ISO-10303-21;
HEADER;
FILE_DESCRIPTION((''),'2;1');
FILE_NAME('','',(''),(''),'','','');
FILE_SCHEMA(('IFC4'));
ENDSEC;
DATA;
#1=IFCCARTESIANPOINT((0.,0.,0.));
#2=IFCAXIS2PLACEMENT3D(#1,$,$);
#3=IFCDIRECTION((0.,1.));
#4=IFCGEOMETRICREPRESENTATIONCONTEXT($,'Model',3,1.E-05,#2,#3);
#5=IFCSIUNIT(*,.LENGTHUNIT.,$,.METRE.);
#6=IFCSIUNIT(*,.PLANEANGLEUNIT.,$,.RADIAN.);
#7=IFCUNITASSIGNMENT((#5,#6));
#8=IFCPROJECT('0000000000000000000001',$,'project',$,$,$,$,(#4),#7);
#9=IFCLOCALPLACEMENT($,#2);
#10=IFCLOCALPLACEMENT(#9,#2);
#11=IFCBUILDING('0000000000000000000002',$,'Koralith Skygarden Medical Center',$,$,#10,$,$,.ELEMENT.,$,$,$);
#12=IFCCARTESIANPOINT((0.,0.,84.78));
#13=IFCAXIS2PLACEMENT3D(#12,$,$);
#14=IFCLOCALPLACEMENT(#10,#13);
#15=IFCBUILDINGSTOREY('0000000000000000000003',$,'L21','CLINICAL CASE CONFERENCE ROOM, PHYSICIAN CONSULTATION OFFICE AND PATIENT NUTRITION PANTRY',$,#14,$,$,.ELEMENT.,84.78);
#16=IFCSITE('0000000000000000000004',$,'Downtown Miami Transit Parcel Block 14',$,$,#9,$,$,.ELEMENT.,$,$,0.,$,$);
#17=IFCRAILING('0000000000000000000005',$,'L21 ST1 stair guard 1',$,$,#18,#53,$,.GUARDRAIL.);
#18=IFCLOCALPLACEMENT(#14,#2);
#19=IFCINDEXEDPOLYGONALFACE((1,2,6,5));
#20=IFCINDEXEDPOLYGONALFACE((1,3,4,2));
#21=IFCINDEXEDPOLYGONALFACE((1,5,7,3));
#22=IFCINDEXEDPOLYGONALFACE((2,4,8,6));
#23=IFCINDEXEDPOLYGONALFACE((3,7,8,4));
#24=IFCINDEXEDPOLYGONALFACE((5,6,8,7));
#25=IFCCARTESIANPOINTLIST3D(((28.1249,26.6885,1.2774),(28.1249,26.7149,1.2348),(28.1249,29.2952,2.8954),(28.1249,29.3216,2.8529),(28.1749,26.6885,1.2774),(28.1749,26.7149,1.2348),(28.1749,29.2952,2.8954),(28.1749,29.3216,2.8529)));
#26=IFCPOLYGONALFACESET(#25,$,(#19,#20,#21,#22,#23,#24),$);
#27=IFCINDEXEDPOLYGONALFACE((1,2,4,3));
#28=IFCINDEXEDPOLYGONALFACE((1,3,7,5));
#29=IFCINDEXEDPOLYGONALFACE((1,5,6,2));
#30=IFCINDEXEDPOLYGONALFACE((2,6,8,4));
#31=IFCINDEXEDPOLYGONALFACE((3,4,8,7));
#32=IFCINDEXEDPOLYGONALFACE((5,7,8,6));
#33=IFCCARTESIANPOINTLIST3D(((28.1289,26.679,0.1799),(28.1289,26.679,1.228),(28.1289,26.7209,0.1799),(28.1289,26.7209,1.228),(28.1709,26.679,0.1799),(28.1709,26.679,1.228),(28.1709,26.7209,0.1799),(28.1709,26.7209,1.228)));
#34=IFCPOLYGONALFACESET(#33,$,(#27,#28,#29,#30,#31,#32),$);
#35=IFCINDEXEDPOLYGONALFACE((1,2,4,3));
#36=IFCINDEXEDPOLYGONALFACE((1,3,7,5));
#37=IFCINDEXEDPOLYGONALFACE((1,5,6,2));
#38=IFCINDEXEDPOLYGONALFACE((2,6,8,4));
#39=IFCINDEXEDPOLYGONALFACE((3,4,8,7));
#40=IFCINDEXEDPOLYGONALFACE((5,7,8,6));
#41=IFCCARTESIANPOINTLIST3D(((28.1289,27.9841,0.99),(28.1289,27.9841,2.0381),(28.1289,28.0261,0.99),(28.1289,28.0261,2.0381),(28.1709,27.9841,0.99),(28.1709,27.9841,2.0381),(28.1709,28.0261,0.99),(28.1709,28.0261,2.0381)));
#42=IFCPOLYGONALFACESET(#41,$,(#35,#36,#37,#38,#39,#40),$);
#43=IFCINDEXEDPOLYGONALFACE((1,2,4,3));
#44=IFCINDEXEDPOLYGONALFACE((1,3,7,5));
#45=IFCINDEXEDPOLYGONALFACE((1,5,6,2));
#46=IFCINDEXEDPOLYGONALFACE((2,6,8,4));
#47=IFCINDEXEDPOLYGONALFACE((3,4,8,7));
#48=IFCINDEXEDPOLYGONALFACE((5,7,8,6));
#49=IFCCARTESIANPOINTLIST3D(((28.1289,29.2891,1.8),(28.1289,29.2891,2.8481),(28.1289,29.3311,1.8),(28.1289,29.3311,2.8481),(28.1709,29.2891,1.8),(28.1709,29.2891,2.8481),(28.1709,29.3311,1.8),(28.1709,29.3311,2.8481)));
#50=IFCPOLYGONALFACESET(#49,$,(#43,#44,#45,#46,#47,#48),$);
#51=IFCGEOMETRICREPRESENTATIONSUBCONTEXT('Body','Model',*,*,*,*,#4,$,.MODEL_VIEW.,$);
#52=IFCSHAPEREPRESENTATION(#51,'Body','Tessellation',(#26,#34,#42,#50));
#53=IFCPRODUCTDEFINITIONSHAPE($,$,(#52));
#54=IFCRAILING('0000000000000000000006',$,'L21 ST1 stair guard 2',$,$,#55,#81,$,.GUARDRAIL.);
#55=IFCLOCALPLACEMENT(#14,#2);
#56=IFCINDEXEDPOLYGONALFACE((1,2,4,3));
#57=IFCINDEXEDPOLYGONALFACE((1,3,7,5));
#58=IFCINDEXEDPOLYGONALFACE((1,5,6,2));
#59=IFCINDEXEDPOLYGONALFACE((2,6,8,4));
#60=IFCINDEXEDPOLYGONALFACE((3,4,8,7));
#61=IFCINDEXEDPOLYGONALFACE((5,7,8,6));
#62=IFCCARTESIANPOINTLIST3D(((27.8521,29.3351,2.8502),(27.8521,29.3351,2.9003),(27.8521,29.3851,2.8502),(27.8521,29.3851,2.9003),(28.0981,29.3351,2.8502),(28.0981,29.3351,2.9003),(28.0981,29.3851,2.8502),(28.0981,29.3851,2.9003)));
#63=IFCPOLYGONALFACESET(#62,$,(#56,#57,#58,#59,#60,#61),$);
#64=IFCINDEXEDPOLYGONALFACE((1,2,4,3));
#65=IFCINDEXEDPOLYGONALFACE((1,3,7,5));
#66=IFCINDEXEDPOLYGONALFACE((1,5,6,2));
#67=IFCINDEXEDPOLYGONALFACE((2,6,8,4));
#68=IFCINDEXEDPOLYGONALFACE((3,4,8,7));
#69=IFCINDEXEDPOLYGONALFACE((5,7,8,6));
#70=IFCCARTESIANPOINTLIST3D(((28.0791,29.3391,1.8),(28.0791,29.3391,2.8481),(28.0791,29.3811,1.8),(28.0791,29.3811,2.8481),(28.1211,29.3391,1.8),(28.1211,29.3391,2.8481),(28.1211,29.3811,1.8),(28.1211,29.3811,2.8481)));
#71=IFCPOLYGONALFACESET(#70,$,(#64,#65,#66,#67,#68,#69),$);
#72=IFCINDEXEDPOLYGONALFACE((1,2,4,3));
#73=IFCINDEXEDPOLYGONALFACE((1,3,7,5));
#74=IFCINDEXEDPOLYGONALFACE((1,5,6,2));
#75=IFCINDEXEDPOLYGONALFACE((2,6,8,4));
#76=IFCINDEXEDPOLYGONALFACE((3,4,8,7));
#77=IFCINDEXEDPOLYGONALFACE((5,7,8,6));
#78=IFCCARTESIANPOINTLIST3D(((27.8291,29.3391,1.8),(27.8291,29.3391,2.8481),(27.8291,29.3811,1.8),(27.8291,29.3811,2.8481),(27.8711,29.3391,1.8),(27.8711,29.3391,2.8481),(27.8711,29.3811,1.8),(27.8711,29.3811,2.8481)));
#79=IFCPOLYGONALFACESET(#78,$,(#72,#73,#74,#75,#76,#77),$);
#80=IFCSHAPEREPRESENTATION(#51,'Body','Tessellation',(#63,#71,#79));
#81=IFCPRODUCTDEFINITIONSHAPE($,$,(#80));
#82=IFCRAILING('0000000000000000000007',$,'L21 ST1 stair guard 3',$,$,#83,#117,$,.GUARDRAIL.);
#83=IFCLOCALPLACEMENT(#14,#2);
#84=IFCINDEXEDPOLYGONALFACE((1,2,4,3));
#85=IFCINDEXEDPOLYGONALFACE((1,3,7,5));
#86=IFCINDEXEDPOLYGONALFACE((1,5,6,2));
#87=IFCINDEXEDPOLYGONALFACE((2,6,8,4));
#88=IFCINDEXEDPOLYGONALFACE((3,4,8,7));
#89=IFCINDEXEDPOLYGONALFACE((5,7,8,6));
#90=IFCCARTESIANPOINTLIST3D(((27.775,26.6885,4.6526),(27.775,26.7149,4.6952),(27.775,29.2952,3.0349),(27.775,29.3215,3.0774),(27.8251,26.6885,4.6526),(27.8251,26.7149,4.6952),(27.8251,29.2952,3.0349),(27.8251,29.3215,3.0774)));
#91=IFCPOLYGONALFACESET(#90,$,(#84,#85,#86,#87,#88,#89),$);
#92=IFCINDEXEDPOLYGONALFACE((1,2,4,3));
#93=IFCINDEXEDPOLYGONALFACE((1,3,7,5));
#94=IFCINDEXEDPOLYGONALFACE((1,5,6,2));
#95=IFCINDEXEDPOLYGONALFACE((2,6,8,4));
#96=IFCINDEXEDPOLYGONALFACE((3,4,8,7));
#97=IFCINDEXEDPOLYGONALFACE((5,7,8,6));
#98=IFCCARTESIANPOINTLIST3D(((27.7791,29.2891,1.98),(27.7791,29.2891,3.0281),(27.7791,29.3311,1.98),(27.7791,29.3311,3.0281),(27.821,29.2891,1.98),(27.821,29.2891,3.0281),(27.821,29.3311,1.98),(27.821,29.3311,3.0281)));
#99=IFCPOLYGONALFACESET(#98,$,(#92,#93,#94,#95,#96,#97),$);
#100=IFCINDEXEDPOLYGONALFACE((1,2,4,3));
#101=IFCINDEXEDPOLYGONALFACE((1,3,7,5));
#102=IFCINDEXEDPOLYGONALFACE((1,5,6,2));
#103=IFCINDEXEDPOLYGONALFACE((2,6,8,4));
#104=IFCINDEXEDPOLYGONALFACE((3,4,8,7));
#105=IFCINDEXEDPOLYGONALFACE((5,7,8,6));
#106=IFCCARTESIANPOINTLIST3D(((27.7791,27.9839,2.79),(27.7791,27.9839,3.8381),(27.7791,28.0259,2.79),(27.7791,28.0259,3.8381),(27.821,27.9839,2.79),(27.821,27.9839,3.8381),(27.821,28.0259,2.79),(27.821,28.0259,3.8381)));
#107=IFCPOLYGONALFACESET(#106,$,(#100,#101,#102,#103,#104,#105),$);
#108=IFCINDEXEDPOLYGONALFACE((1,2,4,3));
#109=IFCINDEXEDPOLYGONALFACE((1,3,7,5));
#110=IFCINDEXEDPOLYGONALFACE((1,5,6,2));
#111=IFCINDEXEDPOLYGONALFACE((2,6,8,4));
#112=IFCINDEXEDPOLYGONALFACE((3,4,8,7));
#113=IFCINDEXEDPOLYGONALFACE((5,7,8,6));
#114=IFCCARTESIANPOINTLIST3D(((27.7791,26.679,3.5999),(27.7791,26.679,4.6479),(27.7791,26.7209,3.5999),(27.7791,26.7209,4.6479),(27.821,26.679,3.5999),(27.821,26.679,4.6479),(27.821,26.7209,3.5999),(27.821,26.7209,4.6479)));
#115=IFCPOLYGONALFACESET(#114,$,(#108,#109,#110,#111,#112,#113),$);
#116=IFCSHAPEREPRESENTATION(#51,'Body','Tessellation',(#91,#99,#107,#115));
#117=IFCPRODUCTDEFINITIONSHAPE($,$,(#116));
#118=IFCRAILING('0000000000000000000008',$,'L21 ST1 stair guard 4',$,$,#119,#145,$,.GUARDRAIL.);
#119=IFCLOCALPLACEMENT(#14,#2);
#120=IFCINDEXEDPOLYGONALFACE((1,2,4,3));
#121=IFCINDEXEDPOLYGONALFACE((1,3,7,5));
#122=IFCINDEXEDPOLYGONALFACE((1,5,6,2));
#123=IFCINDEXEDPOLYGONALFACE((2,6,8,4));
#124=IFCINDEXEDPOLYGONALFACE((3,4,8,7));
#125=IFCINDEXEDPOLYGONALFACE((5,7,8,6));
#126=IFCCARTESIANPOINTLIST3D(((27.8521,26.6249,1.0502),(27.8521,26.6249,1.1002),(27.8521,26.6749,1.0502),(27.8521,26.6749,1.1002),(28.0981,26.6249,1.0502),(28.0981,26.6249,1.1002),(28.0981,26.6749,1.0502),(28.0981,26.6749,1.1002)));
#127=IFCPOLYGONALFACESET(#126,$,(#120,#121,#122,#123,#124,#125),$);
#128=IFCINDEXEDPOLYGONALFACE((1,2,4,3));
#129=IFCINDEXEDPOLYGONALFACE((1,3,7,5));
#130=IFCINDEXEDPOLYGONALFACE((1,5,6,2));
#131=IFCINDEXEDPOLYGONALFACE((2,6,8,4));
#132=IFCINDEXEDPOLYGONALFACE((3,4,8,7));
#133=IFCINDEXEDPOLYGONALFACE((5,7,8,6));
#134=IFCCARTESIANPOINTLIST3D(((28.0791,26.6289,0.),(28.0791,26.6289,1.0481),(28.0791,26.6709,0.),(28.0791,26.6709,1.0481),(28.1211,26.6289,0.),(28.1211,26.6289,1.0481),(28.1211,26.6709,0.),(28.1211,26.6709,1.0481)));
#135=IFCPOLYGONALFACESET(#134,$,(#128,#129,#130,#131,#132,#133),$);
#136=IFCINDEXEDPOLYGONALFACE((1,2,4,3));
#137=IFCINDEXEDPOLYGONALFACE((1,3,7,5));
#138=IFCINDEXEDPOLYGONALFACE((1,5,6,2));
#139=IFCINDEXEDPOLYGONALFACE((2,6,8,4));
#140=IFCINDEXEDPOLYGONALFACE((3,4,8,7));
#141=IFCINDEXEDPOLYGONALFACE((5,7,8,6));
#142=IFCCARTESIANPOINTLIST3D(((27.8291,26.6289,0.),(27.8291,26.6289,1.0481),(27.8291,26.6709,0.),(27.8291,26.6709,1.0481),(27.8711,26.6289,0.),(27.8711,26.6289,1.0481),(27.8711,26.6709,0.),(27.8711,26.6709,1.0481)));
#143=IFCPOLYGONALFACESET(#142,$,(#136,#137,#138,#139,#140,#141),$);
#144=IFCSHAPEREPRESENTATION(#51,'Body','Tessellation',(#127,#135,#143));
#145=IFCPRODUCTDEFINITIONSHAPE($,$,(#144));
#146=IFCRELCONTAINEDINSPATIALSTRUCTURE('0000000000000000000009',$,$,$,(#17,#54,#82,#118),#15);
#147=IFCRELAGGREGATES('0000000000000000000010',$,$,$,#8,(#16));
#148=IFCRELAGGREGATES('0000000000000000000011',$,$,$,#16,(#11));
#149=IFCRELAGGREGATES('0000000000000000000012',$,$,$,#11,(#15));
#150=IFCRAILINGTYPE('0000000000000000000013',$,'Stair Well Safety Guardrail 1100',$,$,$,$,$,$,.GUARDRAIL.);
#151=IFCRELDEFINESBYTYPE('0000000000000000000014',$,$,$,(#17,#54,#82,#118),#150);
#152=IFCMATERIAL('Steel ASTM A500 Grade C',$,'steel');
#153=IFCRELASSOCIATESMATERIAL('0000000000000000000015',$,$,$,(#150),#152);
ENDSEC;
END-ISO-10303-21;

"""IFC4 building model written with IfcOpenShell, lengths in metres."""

from ifc_helpers import new_model, si_unit, direction, frame, origin, origin_2d, place, context, subcontext, project, spatial, rectangle, extrude, material, type_object, element, save


model = new_model("IFC4")

# Units and contexts
model_context = context("Model", 3, precision=1e-05, world=origin(), true_north=direction((0.0, 1.0)))
body_context = subcontext(model_context, "Body", "Model", "MODEL_VIEW")
ifc_project = project(units=[si_unit("LENGTHUNIT", "METRE"), si_unit("PLANEANGLEUNIT", "RADIAN")], contexts=[model_context])

# Site, building, storey
site_placement = place(None, origin())
site = spatial("IfcSite", under=ifc_project, at=site_placement, Name="Downtown Miami Transit Parcel Block 14", CompositionType="ELEMENT", RefElevation=0.0)
building_placement = place(site_placement, origin())
building = spatial("IfcBuilding", under=site, at=building_placement, Name="Koralith Skygarden Medical Center", CompositionType="ELEMENT")
storey_placement = place(building_placement, frame((0.0, 0.0, 84.78)))
storey = spatial("IfcBuildingStorey", under=building, at=storey_placement, Name="L21", Description="CLINICAL CASE CONFERENCE ROOM, PHYSICIAN CONSULTATION OFFICE AND PATIENT NUTRITION PANTRY", CompositionType="ELEMENT", Elevation=84.78)

# Shared definitions
ifc_material_1 = material(Name="Steel ASTM A500 Grade C", Category="steel")

# Railings
railing_type_1 = type_object("IfcRailingType", Name="Stair Well Safety Guardrail 1100", PredefinedType="GUARDRAIL", material=ifc_material_1)
railing_1_placement = place(storey_placement, frame((28.1499, 26.7, 0.1799)))
element("IfcRailing", 1, at=railing_1_placement, inside=storey, type_object=railing_type_1, Name="L21 ST1 stair guard 1", PredefinedType="GUARDRAIL", context=body_context, shape_type="SweptSolid", body=[
    extrude(rectangle(XDim=0.05, YDim=0.05, at=origin_2d()), frame((0.0, 0.0017, 1.0762), z_axis=(0.0, 0.849633, 0.527375), x_axis=(-1.0, 0.0, 0.0)), (0.0, 0.0, 1.0), 3.0681),
    extrude(rectangle(XDim=0.042, YDim=0.042, at=origin_2d()), origin(), (0.0, 0.0, 1.0), 1.0481),
    extrude(rectangle(XDim=0.042, YDim=0.042, at=origin_2d()), frame((0.0, 1.3052, 0.8101)), (0.0, 0.0, 1.0), 1.0481),
    extrude(rectangle(XDim=0.042, YDim=0.042, at=origin_2d()), frame((0.0, 2.6101, 1.6201)), (0.0, 0.0, 1.0), 1.0481),
])
railing_2_placement = place(storey_placement, frame((28.1001, 29.3601, 1.8)))
element("IfcRailing", 2, at=railing_2_placement, inside=storey, type_object=railing_type_1, Name="L21 ST1 stair guard 2", PredefinedType="GUARDRAIL", context=body_context, shape_type="SweptSolid", body=[
    extrude(rectangle(XDim=0.05, YDim=0.05, at=origin_2d()), frame((-0.002, 0.0, 1.0752), z_axis=(-1.0, 0.0, 0.0), x_axis=(0.0, -1.0, 0.0)), (0.0, 0.0, 1.0), 0.2461),
    extrude(rectangle(XDim=0.042, YDim=0.042, at=origin_2d()), origin(), (0.0, 0.0, 1.0), 1.0481),
    extrude(rectangle(XDim=0.042, YDim=0.042, at=origin_2d()), frame((-0.25, 0.0, 0.0)), (0.0, 0.0, 1.0), 1.0481),
])
railing_3_placement = place(storey_placement, frame((27.8, 29.3101, 1.98)))
element("IfcRailing", 3, at=railing_3_placement, inside=storey, type_object=railing_type_1, Name="L21 ST1 stair guard 3", PredefinedType="GUARDRAIL", context=body_context, shape_type="SweptSolid", body=[
    extrude(rectangle(XDim=0.05, YDim=0.05, at=origin_2d()), frame((0.0, -0.0017, 1.0762), z_axis=(0.0, -0.849668, 0.527317), x_axis=(1.0, 0.0, 0.0)), (0.0, 0.0, 1.0), 3.0679),
    extrude(rectangle(XDim=0.042, YDim=0.042, at=origin_2d()), origin(), (0.0, 0.0, 1.0), 1.0481),
    extrude(rectangle(XDim=0.042, YDim=0.042, at=origin_2d()), frame((0.0, -1.3052, 0.8101)), (0.0, 0.0, 1.0), 1.0481),
    extrude(rectangle(XDim=0.042, YDim=0.042, at=origin_2d()), frame((0.0, -2.6101, 1.6199)), (0.0, 0.0, 1.0), 1.0481),
])
railing_4_placement = place(storey_placement, frame((28.1001, 26.6499, 0.0)))
element("IfcRailing", 4, at=railing_4_placement, inside=storey, type_object=railing_type_1, Name="L21 ST1 stair guard 4", PredefinedType="GUARDRAIL", context=body_context, shape_type="SweptSolid", body=[
    extrude(rectangle(XDim=0.05, YDim=0.05, at=origin_2d()), frame((-0.002, 0.0, 1.0752), z_axis=(-1.0, 0.0, 0.0), x_axis=(0.0, -1.0, 0.0)), (0.0, 0.0, 1.0), 0.2461),
    extrude(rectangle(XDim=0.042, YDim=0.042, at=origin_2d()), origin(), (0.0, 0.0, 1.0), 1.0481),
    extrude(rectangle(XDim=0.042, YDim=0.042, at=origin_2d()), frame((-0.25, 0.0, 0.0)), (0.0, 0.0, 1.0), 1.0481),
])

save(model, "model.ifc")
